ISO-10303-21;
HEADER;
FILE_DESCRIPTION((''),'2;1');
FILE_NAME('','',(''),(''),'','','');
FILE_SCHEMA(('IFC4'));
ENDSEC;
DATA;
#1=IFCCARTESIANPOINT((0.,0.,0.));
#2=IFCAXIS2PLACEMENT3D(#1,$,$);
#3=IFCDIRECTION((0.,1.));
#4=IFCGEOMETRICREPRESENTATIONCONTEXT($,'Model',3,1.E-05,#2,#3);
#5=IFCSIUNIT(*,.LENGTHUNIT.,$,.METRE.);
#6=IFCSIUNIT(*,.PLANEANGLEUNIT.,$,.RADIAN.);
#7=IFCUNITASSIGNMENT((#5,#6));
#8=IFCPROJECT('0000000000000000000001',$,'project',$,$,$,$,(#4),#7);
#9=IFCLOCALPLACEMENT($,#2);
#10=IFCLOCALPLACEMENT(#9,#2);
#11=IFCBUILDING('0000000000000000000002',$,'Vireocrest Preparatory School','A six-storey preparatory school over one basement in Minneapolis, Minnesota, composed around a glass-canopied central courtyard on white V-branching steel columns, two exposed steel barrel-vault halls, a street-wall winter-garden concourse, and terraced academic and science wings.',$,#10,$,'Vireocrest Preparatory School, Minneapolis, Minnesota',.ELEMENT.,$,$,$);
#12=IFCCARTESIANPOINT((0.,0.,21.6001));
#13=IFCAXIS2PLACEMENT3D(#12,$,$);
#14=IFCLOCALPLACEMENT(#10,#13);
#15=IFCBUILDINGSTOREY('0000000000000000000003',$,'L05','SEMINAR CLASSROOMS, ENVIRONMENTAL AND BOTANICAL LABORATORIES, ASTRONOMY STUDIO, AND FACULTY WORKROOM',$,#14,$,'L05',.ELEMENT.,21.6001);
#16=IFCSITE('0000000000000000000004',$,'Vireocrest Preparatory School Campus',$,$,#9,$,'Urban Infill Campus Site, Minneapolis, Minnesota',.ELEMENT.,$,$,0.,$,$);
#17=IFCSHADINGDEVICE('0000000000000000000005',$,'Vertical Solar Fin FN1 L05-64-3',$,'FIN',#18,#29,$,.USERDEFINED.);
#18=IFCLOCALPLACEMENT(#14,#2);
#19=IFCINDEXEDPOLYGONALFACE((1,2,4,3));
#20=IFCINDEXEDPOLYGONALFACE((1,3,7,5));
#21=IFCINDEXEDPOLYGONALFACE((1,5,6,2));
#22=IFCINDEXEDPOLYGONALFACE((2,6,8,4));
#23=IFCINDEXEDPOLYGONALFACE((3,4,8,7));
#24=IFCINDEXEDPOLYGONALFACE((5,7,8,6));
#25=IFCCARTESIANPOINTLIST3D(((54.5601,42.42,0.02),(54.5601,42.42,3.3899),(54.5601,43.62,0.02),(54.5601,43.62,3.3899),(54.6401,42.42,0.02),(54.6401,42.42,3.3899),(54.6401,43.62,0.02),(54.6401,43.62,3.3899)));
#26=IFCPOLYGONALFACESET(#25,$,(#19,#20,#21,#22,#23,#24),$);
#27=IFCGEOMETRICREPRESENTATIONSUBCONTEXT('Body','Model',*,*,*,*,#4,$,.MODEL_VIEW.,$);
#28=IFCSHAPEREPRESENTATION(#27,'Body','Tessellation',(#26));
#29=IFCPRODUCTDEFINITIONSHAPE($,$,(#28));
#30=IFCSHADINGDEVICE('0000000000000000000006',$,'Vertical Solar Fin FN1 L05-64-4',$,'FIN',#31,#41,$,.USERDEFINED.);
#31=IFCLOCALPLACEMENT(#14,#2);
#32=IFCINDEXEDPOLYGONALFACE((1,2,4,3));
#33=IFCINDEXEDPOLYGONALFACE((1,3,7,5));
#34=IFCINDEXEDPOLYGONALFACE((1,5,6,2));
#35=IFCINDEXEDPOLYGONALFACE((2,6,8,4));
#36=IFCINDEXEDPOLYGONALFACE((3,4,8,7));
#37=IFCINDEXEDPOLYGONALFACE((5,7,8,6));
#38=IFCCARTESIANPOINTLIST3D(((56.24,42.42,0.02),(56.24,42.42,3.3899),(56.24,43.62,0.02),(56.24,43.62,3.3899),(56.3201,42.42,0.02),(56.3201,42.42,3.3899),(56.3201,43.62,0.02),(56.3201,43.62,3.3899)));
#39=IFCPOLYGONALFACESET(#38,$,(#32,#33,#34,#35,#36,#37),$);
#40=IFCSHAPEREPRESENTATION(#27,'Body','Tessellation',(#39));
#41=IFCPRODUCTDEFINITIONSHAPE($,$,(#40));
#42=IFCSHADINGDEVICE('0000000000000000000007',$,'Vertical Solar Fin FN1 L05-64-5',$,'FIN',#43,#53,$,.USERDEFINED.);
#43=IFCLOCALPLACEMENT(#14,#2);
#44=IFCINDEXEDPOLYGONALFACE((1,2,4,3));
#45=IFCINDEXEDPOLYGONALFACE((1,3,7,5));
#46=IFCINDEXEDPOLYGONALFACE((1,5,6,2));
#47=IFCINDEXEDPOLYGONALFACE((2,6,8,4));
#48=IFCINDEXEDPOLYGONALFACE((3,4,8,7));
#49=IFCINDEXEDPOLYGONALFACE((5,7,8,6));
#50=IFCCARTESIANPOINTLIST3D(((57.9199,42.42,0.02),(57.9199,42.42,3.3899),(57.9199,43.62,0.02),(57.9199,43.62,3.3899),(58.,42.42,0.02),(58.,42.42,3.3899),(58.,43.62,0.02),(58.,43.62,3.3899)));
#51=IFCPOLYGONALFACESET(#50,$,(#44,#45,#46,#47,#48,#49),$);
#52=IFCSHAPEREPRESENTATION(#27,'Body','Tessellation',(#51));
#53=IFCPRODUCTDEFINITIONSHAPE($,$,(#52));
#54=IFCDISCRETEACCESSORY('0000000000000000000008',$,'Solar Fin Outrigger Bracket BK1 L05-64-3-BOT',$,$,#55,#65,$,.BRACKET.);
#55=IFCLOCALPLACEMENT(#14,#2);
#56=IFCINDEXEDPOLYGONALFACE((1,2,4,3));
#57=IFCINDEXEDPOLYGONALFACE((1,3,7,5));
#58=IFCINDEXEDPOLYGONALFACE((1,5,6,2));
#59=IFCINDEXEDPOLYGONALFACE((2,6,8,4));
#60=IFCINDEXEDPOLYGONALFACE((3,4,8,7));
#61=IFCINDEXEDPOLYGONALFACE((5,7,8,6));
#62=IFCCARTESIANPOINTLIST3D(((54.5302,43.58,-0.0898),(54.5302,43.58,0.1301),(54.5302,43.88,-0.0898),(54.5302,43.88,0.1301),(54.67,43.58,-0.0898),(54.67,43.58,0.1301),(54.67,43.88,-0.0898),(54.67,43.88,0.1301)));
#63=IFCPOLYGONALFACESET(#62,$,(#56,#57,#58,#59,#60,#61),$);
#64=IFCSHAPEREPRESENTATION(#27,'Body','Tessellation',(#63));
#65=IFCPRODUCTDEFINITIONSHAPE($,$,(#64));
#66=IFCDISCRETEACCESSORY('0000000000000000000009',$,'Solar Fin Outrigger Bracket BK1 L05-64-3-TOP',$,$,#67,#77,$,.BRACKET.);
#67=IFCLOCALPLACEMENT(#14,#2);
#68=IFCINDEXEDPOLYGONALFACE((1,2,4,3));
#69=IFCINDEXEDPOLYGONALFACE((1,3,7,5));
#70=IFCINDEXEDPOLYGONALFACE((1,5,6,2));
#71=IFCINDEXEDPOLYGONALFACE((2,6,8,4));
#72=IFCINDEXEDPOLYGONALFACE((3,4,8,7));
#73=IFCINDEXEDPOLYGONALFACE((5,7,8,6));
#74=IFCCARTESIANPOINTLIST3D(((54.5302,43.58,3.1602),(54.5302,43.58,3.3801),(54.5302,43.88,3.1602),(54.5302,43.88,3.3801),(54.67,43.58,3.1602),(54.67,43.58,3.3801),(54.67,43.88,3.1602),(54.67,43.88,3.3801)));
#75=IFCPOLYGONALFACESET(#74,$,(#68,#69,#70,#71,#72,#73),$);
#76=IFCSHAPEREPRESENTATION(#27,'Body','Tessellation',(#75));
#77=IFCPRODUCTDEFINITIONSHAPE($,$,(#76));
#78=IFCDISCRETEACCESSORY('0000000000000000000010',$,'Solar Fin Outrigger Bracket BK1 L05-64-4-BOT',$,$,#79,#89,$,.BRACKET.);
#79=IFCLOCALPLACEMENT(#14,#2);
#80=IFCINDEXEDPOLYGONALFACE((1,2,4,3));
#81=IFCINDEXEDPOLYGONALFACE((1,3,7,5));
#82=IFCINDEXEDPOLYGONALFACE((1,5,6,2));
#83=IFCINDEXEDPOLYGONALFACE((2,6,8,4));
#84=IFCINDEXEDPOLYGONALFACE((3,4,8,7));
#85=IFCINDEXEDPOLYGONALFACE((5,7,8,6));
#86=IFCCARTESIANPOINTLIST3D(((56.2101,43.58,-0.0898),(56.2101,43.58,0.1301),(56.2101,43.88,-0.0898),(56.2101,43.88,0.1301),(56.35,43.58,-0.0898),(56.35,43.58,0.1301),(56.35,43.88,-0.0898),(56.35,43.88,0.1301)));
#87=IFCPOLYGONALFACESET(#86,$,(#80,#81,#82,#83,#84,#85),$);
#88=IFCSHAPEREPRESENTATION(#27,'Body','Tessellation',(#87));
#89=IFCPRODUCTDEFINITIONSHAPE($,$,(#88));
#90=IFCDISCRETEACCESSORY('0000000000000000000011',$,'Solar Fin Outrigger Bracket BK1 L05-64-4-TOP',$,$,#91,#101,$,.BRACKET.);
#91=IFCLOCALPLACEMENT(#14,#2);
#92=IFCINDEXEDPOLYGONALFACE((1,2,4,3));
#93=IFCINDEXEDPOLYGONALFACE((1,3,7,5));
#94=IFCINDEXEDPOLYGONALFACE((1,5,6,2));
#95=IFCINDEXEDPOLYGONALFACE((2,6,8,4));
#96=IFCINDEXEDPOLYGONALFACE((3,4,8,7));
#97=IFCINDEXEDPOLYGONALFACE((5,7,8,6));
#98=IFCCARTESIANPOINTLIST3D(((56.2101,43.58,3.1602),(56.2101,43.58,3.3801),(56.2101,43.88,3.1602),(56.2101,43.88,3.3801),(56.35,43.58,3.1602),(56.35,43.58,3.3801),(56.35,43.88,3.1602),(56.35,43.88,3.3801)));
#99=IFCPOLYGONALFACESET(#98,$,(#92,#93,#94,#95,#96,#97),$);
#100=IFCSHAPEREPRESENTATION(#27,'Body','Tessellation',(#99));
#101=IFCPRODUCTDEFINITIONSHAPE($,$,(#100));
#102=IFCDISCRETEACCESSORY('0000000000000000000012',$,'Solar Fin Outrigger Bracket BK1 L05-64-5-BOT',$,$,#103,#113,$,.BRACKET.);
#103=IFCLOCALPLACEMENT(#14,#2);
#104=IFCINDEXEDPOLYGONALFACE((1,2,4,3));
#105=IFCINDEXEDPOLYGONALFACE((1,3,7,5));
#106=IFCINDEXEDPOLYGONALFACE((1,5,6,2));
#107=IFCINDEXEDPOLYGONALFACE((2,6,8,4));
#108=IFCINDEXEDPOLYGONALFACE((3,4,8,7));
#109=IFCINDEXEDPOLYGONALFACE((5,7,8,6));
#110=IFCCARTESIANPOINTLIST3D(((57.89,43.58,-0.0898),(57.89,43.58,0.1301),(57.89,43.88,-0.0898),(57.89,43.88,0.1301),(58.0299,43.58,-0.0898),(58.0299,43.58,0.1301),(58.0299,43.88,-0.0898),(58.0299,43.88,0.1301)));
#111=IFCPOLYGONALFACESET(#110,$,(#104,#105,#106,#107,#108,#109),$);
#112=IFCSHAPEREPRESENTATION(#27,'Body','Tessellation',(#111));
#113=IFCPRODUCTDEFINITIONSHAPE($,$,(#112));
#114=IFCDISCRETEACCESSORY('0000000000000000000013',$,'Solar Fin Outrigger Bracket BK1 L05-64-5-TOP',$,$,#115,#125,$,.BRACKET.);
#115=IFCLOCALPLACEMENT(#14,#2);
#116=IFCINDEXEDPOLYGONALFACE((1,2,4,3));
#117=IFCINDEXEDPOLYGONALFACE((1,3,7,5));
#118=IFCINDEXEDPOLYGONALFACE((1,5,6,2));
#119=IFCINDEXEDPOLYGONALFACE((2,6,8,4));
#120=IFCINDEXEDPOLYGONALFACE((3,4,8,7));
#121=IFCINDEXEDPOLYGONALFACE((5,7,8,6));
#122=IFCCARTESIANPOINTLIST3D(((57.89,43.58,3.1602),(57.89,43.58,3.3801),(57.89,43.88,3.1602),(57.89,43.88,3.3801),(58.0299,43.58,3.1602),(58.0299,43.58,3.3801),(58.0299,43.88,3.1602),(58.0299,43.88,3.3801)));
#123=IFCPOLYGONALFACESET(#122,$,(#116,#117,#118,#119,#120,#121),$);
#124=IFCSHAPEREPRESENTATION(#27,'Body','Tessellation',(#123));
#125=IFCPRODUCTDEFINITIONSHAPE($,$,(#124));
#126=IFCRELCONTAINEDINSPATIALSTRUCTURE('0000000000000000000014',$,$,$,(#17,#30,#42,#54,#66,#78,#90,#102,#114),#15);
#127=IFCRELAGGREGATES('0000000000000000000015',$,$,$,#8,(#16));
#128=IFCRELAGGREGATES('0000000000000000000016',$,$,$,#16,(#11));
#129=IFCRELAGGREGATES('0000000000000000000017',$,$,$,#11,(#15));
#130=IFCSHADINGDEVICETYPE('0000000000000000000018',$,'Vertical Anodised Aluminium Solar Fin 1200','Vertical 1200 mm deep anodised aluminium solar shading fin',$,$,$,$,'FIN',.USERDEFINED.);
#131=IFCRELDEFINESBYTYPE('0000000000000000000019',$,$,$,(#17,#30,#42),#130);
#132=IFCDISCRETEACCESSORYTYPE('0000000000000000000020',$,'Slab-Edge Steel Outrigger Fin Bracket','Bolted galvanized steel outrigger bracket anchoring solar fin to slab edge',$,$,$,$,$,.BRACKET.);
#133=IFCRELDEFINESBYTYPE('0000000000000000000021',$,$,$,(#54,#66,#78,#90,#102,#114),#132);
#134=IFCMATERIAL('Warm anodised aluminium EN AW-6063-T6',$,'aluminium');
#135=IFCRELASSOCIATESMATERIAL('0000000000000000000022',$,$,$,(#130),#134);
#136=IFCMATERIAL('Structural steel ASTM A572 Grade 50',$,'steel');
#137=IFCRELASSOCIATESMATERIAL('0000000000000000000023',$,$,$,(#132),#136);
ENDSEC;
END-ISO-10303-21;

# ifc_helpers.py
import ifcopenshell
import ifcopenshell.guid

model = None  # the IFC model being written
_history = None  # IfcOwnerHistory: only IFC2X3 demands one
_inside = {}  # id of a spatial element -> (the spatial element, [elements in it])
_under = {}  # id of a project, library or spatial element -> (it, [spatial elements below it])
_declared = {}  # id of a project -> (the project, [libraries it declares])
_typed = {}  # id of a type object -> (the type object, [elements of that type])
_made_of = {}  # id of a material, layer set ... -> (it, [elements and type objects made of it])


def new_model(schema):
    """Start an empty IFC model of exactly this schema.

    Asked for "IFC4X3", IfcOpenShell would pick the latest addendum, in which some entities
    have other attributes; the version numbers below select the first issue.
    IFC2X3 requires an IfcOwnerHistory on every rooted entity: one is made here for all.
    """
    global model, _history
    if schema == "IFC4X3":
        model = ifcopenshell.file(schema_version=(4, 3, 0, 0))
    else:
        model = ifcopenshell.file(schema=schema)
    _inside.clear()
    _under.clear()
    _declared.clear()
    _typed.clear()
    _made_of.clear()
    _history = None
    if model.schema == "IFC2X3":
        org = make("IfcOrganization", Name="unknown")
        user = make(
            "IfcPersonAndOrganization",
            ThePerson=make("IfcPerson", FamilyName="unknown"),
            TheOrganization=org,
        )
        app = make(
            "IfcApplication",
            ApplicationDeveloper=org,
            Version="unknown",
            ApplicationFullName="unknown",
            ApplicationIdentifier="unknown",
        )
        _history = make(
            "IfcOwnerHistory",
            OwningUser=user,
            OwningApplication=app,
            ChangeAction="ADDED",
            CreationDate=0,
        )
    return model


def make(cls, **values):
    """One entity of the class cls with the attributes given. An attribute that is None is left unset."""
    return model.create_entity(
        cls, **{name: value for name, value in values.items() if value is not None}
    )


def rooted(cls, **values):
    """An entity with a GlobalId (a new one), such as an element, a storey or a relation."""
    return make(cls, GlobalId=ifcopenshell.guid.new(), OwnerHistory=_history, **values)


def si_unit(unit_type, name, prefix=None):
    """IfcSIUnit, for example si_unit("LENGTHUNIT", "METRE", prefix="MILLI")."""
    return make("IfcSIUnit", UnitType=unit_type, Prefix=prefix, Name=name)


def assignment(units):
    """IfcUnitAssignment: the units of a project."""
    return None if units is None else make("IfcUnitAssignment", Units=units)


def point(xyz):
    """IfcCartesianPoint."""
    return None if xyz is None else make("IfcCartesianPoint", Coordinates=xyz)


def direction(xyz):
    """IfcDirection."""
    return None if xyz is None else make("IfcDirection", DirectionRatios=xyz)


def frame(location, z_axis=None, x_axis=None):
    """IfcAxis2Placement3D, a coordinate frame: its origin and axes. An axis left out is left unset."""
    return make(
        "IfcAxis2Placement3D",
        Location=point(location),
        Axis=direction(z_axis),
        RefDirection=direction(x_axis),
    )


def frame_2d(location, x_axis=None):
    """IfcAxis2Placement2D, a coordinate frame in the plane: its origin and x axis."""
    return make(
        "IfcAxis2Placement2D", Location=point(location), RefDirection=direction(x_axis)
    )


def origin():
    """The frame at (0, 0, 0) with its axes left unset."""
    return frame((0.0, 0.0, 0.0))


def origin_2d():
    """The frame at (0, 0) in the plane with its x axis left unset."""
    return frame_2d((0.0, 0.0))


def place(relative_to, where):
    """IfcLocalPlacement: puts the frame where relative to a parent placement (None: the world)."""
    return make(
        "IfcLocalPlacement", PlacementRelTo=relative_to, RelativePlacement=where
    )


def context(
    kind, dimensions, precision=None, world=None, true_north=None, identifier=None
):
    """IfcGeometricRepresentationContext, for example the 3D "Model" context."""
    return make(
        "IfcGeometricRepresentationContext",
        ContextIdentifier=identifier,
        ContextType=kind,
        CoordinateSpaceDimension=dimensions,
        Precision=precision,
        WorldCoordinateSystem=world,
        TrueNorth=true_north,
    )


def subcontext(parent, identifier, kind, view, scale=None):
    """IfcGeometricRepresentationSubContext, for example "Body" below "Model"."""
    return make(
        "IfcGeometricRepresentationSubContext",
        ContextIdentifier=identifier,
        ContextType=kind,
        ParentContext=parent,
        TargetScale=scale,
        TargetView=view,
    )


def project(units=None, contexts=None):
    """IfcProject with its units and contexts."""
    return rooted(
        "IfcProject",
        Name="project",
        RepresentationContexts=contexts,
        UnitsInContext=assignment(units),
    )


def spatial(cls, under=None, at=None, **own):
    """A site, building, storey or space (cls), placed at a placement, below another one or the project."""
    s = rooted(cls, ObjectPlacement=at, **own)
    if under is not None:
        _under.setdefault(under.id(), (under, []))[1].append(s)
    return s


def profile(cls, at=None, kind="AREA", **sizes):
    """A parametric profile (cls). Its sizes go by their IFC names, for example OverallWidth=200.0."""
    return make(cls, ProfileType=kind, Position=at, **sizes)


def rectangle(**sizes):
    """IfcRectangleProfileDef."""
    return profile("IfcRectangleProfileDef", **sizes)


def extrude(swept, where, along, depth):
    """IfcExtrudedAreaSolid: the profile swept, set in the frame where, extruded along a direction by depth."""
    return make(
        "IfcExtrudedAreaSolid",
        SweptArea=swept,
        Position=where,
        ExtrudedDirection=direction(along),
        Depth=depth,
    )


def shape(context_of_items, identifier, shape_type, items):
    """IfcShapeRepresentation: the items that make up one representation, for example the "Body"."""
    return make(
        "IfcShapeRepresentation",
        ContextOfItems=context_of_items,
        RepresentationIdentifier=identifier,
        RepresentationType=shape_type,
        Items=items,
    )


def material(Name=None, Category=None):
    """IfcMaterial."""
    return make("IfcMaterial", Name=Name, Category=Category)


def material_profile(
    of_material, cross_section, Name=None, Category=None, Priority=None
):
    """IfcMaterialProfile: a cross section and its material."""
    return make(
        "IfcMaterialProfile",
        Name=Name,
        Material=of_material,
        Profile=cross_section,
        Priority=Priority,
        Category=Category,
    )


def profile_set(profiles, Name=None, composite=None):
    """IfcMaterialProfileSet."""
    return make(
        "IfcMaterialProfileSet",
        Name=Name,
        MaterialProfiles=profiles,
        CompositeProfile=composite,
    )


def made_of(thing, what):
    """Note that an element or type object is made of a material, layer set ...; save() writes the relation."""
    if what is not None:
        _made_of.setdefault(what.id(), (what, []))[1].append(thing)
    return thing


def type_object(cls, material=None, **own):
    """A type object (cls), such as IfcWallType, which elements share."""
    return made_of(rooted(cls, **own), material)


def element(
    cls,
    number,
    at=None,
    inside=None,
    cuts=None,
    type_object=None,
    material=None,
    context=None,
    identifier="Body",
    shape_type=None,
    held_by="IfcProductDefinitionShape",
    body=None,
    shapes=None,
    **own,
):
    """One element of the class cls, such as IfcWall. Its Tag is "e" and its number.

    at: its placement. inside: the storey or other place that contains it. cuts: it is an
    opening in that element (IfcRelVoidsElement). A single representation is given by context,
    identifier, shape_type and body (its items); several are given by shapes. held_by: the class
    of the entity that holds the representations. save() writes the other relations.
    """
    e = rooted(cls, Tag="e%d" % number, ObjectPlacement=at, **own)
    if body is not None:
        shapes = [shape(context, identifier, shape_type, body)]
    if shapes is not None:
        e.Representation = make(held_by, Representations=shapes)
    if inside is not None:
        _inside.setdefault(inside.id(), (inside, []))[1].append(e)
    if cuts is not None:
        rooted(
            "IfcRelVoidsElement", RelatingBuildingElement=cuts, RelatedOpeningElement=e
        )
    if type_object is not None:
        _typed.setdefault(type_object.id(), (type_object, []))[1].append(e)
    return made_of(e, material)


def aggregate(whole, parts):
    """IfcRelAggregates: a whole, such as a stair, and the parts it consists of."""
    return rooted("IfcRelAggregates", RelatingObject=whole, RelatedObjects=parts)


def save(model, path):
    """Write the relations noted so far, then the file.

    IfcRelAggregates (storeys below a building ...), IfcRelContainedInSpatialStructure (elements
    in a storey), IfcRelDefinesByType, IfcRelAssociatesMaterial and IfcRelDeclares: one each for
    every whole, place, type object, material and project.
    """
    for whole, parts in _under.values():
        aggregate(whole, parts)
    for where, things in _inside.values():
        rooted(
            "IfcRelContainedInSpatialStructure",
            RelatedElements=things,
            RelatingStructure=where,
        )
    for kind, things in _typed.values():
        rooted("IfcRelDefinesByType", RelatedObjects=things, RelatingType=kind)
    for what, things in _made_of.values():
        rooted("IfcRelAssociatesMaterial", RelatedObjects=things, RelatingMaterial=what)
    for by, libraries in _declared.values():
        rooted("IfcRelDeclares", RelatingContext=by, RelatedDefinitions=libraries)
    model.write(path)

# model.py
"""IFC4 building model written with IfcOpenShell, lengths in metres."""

from ifc_helpers import new_model, si_unit, direction, frame, origin, origin_2d, place, context, subcontext, project, spatial, rectangle, extrude, material, material_profile, profile_set, type_object, element, save


model = new_model("IFC4")

# Units and contexts
model_context = context("Model", 3, precision=1e-05, world=origin(), true_north=direction((0.0, 1.0)))
body_context = subcontext(model_context, "Body", "Model", "MODEL_VIEW")
ifc_project = project(units=[si_unit("LENGTHUNIT", "METRE"), si_unit("PLANEANGLEUNIT", "RADIAN")], contexts=[model_context])

# Site, building, storey
site_placement = place(None, origin())
site = spatial("IfcSite", under=ifc_project, at=site_placement, Name="Vireocrest Preparatory School Campus", LongName="Urban Infill Campus Site, Minneapolis, Minnesota", CompositionType="ELEMENT", RefElevation=0.0)
building_placement = place(site_placement, origin())
building = spatial("IfcBuilding", under=site, at=building_placement, Name="Vireocrest Preparatory School", Description="A six-storey preparatory school over one basement in Minneapolis, Minnesota, composed around a glass-canopied central courtyard on white V-branching steel columns, two exposed steel barrel-vault halls, a street-wall winter-garden concourse, and terraced academic and science wings.", LongName="Vireocrest Preparatory School, Minneapolis, Minnesota", CompositionType="ELEMENT")
storey_placement = place(building_placement, frame((0.0, 0.0, 21.6001)))
storey = spatial("IfcBuildingStorey", under=building, at=storey_placement, Name="L05", Description="SEMINAR CLASSROOMS, ENVIRONMENTAL AND BOTANICAL LABORATORIES, ASTRONOMY STUDIO, AND FACULTY WORKROOM", LongName="L05", CompositionType="ELEMENT", Elevation=21.6001)

# Shared definitions
ifc_material_1 = material(Name="Structural steel ASTM A572 Grade 50", Category="steel")

# Shading devices
ifc_material_2 = material(Name="Warm anodised aluminium EN AW-6063-T6", Category="aluminium")
ifc_material_profile_1 = material_profile(ifc_material_2, rectangle(XDim=0.0801, YDim=1.2, at=origin_2d()), Name="FIN 80x1200")
ifc_profile_set_1 = profile_set([ifc_material_profile_1], Name="Warm anodised aluminium EN AW-6063-T6")
shading_device_type = type_object("IfcShadingDeviceType", Name="Vertical Anodised Aluminium Solar Fin 1200", Description="Vertical 1200 mm deep anodised aluminium solar shading fin", ElementType="FIN", PredefinedType="USERDEFINED", material=ifc_profile_set_1)
for number, where, z_axis, x_axis, name in (
    (1, (54.6001, 43.02, 0.02), (0.0, 0.0, 1.0), (-1.0, 0.0, 0.0), "Vertical Solar Fin FN1 L05-64-3"),
    (2, (56.28, 43.02, 0.02), (0.0, 0.0, 1.0), (-1.0, 0.0, 0.0), "Vertical Solar Fin FN1 L05-64-4"),
    (3, (57.96, 43.02, 0.02), (0.0, 0.0, 1.0), (-1.0, 0.0, 0.0), "Vertical Solar Fin FN1 L05-64-5"),
):
    element("IfcShadingDevice", number, at=place(storey_placement, frame(where, z_axis=z_axis, x_axis=x_axis)), inside=storey, type_object=shading_device_type, Name=name, ObjectType="FIN", PredefinedType="USERDEFINED", context=body_context, shape_type="SweptSolid", body=[
        extrude(rectangle(XDim=0.0801, YDim=1.2, at=origin_2d()), origin(), (0.0, 0.0, 1.0), 3.3699),
    ])

# Discrete accessories
discrete_accessory_type = type_object("IfcDiscreteAccessoryType", Name="Slab-Edge Steel Outrigger Fin Bracket", Description="Bolted galvanized steel outrigger bracket anchoring solar fin to slab edge", PredefinedType="BRACKET", material=ifc_material_1)
for number, where, z_axis, x_axis, name in (
    (4, (54.6001, 43.73, -0.0898), (0.0, 0.0, 1.0), (-1.0, 0.0, 0.0), "Solar Fin Outrigger Bracket BK1 L05-64-3-BOT"),
    (5, (54.6001, 43.73, 3.1602), (0.0, 0.0, 1.0), (-1.0, 0.0, 0.0), "Solar Fin Outrigger Bracket BK1 L05-64-3-TOP"),
    (6, (56.28, 43.73, -0.0898), (0.0, 0.0, 1.0), (-1.0, 0.0, 0.0), "Solar Fin Outrigger Bracket BK1 L05-64-4-BOT"),
    (7, (56.28, 43.73, 3.1602), (0.0, 0.0, 1.0), (-1.0, 0.0, 0.0), "Solar Fin Outrigger Bracket BK1 L05-64-4-TOP"),
    (8, (57.96, 43.73, -0.0898), (0.0, 0.0, 1.0), (-1.0, 0.0, 0.0), "Solar Fin Outrigger Bracket BK1 L05-64-5-BOT"),
    (9, (57.96, 43.73, 3.1602), (0.0, 0.0, 1.0), (-1.0, 0.0, 0.0), "Solar Fin Outrigger Bracket BK1 L05-64-5-TOP"),
):
    element("IfcDiscreteAccessory", number, at=place(storey_placement, frame(where, z_axis=z_axis, x_axis=x_axis)), inside=storey, type_object=discrete_accessory_type, Name=name, PredefinedType="BRACKET", context=body_context, shape_type="SweptSolid", body=[
        extrude(rectangle(XDim=0.1399, YDim=0.3, at=origin_2d()), origin(), (0.0, 0.0, 1.0), 0.22),
    ])

save(model, "model.ifc")
